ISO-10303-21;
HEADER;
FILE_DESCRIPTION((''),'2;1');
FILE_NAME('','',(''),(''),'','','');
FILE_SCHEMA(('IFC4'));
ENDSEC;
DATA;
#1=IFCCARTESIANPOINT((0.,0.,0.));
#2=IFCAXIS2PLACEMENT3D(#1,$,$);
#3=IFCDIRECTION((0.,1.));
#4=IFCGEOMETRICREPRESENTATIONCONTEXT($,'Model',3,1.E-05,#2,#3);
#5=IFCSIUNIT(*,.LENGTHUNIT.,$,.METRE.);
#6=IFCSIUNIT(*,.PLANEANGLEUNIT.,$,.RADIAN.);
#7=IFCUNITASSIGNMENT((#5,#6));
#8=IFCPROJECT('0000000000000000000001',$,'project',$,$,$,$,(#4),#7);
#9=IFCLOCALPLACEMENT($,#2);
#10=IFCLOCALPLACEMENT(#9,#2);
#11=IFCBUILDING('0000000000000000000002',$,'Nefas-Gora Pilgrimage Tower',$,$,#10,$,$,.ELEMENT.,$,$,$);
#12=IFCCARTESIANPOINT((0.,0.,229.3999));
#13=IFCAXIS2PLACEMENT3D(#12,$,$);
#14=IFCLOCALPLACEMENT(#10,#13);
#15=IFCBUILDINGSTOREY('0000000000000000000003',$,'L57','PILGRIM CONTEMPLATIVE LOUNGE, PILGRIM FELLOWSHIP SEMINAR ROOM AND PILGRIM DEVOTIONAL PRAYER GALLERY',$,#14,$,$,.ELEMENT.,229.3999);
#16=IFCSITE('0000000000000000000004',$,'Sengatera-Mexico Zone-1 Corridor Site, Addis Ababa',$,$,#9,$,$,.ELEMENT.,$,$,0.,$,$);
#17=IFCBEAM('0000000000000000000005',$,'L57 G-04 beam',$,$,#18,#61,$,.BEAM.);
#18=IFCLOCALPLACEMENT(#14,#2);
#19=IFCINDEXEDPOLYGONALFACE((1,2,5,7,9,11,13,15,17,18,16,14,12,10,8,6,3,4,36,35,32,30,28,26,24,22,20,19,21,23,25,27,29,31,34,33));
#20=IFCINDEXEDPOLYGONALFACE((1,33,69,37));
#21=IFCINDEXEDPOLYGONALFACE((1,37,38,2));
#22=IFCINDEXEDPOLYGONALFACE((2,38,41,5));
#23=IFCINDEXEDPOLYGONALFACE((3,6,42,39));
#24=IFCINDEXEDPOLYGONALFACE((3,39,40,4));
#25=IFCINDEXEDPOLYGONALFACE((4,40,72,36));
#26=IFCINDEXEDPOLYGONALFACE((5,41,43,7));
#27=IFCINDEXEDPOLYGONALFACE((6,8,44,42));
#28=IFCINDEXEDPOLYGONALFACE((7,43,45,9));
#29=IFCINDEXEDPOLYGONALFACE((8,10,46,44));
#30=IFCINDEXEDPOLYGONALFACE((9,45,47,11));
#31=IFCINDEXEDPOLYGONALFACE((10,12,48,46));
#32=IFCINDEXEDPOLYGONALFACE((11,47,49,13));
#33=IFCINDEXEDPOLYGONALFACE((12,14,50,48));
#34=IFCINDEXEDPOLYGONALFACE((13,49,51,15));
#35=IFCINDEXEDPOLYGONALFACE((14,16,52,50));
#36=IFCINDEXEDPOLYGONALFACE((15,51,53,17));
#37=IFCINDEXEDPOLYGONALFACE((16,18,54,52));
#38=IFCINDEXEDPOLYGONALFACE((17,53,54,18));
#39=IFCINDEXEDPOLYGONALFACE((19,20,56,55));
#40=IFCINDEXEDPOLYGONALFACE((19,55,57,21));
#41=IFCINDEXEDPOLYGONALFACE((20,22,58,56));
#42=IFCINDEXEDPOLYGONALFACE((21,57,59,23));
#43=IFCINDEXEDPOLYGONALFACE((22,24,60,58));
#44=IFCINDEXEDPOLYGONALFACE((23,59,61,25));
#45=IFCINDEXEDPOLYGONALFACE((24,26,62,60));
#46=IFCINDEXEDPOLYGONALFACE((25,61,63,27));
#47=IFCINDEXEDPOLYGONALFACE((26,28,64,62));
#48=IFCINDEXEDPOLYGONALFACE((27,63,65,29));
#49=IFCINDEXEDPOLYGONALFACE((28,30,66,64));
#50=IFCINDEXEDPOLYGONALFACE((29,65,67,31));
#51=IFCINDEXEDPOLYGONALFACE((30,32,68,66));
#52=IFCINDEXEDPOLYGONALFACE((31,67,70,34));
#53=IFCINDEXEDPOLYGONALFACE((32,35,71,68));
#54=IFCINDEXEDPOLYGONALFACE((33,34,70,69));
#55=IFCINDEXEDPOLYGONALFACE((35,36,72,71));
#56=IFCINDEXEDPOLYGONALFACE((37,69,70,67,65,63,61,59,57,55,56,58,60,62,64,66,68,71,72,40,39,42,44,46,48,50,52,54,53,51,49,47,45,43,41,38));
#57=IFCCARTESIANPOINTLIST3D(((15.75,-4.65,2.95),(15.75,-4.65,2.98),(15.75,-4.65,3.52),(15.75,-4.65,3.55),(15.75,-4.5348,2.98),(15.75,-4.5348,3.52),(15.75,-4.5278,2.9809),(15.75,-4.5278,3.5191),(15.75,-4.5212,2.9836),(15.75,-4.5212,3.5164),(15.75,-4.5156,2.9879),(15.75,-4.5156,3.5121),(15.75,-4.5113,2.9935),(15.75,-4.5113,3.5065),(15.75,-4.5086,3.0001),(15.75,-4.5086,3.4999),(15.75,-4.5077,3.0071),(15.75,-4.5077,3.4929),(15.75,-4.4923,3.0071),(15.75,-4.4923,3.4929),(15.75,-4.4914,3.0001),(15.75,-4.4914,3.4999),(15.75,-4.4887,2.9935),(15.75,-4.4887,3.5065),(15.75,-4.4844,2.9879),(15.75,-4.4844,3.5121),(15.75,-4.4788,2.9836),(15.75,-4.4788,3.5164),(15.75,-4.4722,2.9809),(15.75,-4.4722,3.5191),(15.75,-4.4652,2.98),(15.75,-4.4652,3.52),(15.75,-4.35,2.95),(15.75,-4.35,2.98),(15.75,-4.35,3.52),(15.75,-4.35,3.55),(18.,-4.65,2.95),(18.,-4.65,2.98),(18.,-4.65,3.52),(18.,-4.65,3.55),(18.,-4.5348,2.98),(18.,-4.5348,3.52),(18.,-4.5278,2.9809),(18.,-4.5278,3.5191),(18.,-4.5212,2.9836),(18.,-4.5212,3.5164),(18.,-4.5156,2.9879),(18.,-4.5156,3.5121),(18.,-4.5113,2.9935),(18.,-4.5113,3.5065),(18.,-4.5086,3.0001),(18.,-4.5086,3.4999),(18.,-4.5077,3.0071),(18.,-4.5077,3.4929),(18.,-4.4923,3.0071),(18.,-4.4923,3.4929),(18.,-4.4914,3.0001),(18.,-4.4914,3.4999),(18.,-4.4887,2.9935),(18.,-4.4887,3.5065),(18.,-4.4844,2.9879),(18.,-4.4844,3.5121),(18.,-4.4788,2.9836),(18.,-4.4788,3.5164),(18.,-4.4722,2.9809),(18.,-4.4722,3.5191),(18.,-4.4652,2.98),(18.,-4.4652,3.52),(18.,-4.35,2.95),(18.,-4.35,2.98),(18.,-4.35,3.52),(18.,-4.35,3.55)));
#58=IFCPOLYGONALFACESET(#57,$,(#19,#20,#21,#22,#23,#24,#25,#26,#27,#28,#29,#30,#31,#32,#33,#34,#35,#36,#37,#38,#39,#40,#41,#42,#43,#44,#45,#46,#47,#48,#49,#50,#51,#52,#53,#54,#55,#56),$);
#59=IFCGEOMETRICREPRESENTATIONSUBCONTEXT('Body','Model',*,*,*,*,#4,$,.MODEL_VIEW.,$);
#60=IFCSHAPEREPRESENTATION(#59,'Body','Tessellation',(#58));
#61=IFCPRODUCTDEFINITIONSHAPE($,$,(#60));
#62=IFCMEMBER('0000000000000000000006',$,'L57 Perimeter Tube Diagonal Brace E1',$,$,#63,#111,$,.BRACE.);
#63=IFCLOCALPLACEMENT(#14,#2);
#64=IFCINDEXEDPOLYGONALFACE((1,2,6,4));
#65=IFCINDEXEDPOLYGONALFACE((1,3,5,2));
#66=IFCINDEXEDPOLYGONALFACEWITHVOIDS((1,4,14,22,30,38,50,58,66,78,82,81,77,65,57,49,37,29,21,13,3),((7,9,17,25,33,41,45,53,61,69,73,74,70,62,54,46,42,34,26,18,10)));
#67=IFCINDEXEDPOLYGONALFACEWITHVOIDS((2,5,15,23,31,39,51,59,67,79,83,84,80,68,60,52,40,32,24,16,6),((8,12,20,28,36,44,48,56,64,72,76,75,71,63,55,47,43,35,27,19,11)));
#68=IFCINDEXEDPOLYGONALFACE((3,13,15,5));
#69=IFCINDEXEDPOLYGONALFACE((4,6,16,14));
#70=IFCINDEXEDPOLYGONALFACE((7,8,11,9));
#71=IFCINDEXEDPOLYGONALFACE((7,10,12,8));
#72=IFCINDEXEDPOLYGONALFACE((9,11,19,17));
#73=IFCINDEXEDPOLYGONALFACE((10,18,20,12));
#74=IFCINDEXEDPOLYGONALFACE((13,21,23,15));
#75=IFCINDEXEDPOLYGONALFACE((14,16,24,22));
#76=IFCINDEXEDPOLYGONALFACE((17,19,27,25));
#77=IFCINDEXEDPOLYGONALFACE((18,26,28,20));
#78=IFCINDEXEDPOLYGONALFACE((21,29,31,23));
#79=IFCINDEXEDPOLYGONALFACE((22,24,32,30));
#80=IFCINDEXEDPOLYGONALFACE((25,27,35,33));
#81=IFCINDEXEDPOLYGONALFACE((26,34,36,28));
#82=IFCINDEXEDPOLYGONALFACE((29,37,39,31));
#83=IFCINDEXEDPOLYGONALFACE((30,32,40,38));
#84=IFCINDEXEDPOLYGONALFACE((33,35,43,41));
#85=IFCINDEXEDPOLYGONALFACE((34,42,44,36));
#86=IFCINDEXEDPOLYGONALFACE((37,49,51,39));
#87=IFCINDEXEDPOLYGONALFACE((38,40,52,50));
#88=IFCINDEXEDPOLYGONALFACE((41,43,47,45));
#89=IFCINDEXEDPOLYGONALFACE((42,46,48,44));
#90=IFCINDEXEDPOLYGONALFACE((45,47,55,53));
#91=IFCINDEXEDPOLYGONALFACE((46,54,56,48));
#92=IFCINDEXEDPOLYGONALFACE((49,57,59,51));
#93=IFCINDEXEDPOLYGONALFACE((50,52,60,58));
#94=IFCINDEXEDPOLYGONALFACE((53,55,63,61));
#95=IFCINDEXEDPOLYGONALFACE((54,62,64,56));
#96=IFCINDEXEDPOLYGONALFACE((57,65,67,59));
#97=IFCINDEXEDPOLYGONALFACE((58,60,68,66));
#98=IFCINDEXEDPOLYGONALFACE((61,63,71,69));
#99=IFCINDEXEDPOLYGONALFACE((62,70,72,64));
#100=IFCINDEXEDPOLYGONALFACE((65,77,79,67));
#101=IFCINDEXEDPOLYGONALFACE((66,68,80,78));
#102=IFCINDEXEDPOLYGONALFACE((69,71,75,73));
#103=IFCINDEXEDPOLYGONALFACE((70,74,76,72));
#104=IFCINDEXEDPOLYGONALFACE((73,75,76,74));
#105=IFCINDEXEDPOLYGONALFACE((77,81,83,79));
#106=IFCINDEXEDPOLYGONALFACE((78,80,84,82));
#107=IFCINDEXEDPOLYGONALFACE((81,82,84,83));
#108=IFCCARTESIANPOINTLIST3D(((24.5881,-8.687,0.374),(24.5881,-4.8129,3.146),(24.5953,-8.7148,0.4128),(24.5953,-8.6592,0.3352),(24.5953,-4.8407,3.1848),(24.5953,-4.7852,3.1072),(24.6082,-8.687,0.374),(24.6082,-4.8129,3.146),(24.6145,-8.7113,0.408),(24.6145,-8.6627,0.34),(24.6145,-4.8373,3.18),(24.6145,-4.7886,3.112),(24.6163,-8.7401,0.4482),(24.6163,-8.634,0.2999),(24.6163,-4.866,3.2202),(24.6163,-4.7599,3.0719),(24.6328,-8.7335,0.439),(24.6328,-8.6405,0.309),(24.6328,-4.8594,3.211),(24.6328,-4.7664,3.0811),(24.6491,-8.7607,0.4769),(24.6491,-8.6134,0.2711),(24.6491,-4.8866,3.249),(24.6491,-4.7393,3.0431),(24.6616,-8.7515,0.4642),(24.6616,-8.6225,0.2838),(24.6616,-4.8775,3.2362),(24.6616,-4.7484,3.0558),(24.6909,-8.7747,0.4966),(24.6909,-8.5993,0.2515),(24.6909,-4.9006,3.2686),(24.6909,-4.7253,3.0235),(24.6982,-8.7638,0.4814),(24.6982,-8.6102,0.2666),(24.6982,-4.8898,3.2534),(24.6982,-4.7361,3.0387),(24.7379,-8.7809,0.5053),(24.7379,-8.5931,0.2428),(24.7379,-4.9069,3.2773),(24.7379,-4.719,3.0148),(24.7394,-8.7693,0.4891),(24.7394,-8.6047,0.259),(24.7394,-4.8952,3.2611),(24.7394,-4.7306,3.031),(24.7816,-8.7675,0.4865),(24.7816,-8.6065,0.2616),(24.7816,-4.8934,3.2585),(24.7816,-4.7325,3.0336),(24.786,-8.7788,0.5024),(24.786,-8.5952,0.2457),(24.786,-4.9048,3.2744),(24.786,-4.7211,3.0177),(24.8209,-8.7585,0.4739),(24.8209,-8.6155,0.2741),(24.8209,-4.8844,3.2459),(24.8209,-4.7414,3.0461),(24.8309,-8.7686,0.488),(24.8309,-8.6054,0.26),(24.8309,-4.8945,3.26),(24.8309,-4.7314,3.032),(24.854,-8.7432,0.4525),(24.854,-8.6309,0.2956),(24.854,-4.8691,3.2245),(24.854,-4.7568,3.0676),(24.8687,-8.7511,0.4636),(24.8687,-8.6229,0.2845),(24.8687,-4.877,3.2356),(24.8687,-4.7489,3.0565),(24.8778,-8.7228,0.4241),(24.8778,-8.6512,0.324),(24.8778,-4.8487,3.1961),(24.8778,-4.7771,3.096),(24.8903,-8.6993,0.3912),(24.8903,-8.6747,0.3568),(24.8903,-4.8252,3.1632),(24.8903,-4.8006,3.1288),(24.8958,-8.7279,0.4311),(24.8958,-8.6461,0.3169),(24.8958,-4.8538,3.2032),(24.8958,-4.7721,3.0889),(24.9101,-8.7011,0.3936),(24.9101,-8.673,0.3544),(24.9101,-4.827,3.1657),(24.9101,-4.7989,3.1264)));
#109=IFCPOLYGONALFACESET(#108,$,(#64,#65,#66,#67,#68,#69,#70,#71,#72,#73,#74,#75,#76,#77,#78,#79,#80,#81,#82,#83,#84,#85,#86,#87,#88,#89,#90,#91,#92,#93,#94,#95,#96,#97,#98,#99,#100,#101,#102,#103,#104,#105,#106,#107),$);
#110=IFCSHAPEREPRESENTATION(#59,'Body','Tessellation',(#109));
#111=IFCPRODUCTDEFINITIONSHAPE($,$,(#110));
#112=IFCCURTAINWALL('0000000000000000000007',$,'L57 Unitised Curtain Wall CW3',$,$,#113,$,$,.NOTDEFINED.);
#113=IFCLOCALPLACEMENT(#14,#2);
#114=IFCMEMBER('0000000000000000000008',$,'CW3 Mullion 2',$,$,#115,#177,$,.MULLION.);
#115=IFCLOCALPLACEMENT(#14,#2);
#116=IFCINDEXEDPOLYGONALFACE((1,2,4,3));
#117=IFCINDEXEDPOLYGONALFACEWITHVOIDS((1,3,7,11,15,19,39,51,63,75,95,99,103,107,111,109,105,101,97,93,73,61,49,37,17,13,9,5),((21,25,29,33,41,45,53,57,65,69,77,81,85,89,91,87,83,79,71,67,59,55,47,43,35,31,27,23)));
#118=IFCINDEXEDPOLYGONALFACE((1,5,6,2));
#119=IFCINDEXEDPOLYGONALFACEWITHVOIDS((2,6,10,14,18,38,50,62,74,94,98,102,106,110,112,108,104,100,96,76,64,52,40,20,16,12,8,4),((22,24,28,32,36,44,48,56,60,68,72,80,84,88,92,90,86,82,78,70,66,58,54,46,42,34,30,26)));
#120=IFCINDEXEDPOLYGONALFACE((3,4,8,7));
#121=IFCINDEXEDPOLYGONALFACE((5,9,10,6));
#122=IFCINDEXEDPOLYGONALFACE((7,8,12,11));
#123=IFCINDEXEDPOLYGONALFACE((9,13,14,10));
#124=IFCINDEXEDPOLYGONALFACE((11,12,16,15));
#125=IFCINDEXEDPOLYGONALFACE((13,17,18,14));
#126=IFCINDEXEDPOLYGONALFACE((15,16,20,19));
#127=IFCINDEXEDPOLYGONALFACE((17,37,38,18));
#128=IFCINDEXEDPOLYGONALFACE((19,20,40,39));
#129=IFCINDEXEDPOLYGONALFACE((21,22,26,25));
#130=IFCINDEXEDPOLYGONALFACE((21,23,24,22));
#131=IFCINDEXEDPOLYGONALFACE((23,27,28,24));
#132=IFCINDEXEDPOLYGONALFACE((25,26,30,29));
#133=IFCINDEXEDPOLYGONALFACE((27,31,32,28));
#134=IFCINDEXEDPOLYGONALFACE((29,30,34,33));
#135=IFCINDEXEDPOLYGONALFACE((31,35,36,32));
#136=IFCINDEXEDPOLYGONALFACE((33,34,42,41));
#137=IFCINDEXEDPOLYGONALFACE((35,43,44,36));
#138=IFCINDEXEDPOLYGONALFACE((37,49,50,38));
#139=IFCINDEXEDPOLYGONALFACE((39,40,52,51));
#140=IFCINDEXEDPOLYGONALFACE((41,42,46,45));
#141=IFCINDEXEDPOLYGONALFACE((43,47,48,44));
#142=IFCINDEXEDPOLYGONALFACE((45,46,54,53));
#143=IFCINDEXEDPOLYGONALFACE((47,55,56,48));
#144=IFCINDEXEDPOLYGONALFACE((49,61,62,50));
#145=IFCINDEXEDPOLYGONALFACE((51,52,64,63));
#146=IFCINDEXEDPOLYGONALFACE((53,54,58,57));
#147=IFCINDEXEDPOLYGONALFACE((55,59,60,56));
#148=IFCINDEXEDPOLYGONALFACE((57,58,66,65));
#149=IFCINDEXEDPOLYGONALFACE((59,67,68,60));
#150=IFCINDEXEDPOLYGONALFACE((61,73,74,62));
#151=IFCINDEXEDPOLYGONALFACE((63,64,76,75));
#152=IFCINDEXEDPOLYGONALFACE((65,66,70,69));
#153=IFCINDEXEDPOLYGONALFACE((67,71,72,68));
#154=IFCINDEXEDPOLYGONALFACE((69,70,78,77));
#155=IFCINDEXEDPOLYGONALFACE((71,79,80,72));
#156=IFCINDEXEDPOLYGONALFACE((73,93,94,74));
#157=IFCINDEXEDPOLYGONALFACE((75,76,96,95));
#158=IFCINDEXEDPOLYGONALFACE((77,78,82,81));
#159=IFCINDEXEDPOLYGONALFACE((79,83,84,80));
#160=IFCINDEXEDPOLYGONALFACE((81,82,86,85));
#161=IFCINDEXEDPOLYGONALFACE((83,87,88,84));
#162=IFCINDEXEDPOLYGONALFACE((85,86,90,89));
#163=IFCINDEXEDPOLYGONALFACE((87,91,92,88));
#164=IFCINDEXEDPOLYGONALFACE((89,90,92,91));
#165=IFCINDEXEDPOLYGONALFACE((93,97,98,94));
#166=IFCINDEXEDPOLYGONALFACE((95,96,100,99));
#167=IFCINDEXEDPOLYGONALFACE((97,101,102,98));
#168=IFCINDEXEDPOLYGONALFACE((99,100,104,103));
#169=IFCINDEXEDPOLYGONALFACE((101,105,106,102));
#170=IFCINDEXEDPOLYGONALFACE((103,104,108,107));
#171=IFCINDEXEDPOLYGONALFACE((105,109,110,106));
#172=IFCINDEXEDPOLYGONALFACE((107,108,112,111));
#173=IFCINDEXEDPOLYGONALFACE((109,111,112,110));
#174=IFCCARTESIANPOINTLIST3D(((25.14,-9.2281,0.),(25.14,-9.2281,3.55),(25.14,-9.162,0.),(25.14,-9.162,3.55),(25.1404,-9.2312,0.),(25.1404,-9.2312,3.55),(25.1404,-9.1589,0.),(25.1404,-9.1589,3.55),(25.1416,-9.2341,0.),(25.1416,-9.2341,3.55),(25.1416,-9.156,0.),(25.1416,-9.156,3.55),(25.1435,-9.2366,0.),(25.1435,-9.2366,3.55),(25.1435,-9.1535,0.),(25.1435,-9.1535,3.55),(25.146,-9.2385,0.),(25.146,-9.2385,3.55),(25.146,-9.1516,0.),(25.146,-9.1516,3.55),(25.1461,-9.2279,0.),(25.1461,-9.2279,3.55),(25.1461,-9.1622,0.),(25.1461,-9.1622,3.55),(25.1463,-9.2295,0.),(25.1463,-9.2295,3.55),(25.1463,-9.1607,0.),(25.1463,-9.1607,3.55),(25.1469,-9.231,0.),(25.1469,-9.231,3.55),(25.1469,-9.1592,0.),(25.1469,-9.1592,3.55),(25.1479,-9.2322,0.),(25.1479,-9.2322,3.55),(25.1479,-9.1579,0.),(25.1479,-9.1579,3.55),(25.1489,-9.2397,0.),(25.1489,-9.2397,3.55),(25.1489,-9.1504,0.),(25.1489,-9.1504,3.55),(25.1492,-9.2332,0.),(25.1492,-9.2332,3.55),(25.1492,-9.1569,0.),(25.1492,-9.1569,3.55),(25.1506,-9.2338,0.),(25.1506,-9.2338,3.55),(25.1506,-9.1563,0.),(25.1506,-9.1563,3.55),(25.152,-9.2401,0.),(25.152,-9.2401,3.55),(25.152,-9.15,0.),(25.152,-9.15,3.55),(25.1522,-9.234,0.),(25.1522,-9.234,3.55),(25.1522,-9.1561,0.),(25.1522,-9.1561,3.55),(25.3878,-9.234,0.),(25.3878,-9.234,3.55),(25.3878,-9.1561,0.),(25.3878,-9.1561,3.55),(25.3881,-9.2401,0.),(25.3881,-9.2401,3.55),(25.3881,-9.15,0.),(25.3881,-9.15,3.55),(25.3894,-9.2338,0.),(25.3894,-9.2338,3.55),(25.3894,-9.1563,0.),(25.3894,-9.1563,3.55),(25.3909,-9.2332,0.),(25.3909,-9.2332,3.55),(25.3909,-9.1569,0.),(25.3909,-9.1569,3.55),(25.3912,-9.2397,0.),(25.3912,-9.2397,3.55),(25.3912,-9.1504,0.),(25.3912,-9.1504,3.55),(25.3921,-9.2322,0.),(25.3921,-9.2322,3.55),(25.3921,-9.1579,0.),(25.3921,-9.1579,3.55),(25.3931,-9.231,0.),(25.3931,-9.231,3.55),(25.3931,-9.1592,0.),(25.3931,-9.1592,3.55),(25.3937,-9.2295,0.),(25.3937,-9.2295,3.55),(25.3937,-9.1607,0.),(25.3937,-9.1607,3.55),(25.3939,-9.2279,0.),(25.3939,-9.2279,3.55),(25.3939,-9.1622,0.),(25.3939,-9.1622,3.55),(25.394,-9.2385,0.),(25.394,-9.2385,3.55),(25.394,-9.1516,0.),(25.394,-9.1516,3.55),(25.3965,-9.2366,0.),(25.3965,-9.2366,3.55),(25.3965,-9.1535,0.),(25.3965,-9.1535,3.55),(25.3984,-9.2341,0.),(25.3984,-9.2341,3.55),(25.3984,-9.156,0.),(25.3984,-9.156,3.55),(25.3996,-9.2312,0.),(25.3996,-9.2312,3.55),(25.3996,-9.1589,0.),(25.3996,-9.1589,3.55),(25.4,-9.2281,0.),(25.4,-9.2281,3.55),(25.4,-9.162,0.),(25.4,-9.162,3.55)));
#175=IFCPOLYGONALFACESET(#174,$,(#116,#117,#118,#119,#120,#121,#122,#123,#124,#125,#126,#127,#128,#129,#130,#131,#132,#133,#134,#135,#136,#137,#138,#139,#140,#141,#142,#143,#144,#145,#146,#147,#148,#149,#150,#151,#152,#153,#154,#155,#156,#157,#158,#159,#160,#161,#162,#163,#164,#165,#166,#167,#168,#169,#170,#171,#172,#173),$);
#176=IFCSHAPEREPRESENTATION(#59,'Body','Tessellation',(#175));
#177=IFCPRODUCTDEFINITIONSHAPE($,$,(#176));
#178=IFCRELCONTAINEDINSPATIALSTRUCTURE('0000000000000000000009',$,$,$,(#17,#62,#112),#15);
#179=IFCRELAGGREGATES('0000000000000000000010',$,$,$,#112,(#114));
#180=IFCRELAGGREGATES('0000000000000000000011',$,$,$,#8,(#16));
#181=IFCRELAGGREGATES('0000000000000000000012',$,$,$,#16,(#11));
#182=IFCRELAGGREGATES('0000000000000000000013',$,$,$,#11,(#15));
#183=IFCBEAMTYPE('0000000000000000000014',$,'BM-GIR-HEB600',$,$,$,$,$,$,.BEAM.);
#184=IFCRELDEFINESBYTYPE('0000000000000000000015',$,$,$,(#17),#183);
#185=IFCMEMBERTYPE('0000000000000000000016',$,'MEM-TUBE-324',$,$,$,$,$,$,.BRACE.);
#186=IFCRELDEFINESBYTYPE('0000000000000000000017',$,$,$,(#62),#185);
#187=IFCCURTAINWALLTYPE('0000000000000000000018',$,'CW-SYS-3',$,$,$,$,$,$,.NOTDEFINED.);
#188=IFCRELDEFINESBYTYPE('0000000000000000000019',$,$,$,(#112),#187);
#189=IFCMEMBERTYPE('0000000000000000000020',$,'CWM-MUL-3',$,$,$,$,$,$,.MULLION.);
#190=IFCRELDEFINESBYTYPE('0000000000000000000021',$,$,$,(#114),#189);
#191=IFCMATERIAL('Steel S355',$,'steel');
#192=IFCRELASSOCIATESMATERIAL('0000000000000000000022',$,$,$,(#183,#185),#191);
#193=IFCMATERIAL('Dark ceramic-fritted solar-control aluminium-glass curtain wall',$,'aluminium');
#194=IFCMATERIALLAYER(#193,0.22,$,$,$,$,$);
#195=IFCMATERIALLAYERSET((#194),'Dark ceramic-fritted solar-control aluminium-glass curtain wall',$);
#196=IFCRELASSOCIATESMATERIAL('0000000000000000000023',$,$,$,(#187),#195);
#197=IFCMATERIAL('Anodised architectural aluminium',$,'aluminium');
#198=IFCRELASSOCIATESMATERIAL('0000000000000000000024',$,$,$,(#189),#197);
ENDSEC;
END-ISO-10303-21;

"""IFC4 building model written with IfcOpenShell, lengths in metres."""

from ifc_helpers import new_model, si_unit, direction, frame, origin, origin_2d, place, context, subcontext, project, spatial, hollow_rectangle, hollow_circle, i_section, extrude, source, transform, mapped, material, layer, layer_set, material_profile, profile_set, type_object, element, aggregate, save


model = new_model("IFC4")

# Units and contexts
model_context = context("Model", 3, precision=1e-05, world=origin(), true_north=direction((0.0, 1.0)))
body_context = subcontext(model_context, "Body", "Model", "MODEL_VIEW")
ifc_project = project(units=[si_unit("LENGTHUNIT", "METRE"), si_unit("PLANEANGLEUNIT", "RADIAN")], contexts=[model_context])

# Site, building, storey
site_placement = place(None, origin())
site = spatial("IfcSite", under=ifc_project, at=site_placement, Name="Sengatera-Mexico Zone-1 Corridor Site, Addis Ababa", CompositionType="ELEMENT", RefElevation=0.0)
building_placement = place(site_placement, origin())
building = spatial("IfcBuilding", under=site, at=building_placement, Name="Nefas-Gora Pilgrimage Tower", CompositionType="ELEMENT")
storey_placement = place(building_placement, frame((0.0, 0.0, 229.3999)))
storey = spatial("IfcBuildingStorey", under=building, at=storey_placement, Name="L57", Description="PILGRIM CONTEMPLATIVE LOUNGE, PILGRIM FELLOWSHIP SEMINAR ROOM AND PILGRIM DEVOTIONAL PRAYER GALLERY", CompositionType="ELEMENT", Elevation=229.3999)

# Beam
ifc_material_1 = material(Name="Steel S355", Category="steel")
ifc_material_profile_1 = material_profile(ifc_material_1, i_section(OverallWidth=0.3, OverallDepth=0.6001, WebThickness=0.0154, FlangeThickness=0.03, FilletRadius=0.0271, at=origin_2d()), Name="HEB 600")
ifc_profile_set_1 = profile_set([ifc_material_profile_1], Name="Steel S355")
beam_type_1 = type_object("IfcBeamType", Name="BM-GIR-HEB600", PredefinedType="BEAM", material=ifc_profile_set_1)
shared_shape_1 = source(origin(), body_context, "Body", "SweptSolid", [
    extrude(i_section(OverallWidth=0.3, OverallDepth=0.6001, WebThickness=0.0154, FlangeThickness=0.03, FilletRadius=0.0271, at=origin_2d()), origin(), (0.0, 0.0, 1.0), 2.25),
])
for number, where, z_axis, x_axis, name in (
    (1, (15.75, -4.5, 3.25), (1.0, 0.0, 0.0), (0.0, 1.0, 0.0), "L57 G-04 beam"),
):
    element("IfcBeam", number, at=place(storey_placement, frame(where, z_axis=z_axis, x_axis=x_axis)), inside=storey, type_object=beam_type_1, Name=name, PredefinedType="BEAM", context=body_context, shape_type="MappedRepresentation", body=[
        mapped(shared_shape_1, transform((0.0, 0.0, 0.0), x_axis=(1.0, 0.0, 0.0), y_axis=(0.0, 1.0, 0.0), z_axis=(0.0, 0.0, 1.0), scale=1.0)),
    ])

# Member
ifc_material_profile_2 = material_profile(ifc_material_1, hollow_circle(Radius=0.1619, WallThickness=0.02, at=origin_2d()), Name="CHS 323.9x20")
ifc_profile_set_2 = profile_set([ifc_material_profile_2], Name="Steel S355")
member_type_1 = type_object("IfcMemberType", Name="MEM-TUBE-324", PredefinedType="BRACE", material=ifc_profile_set_2)
shared_shape_2 = source(origin(), body_context, "Body", "SweptSolid", [
    extrude(hollow_circle(Radius=0.1619, WallThickness=0.02, at=origin_2d()), origin(), (0.0, 0.0, 1.0), 4.7637),
])
member_1_placement = place(storey_placement, frame((24.75, -8.687, 0.374), z_axis=(0.0, 0.813255, 0.581907), x_axis=(-1.0, 0.0, 0.0)))
element("IfcMember", 2, at=member_1_placement, inside=storey, type_object=member_type_1, Name="L57 Perimeter Tube Diagonal Brace E1", PredefinedType="BRACE", context=body_context, shape_type="MappedRepresentation", body=[
    mapped(shared_shape_2, transform((0.0, 0.0, 0.0), x_axis=(1.0, 0.0, 0.0), y_axis=(0.0, 1.0, 0.0), z_axis=(0.0, 0.0, 1.0), scale=1.0)),
])

# Curtain wall, member
ifc_material_2 = material(Name="Dark ceramic-fritted solar-control aluminium-glass curtain wall", Category="aluminium")
ifc_layer_1 = layer(ifc_material_2, 0.22)
ifc_layer_set_1 = layer_set([ifc_layer_1], Name="Dark ceramic-fritted solar-control aluminium-glass curtain wall")
curtain_wall_type = type_object("IfcCurtainWallType", Name="CW-SYS-3", PredefinedType="NOTDEFINED", material=ifc_layer_set_1)
curtain_wall_1_placement = place(storey_placement, origin())
curtain_wall_1 = element("IfcCurtainWall", 3, at=curtain_wall_1_placement, inside=storey, type_object=curtain_wall_type, Name="L57 Unitised Curtain Wall CW3", PredefinedType="NOTDEFINED")
ifc_material_3 = material(Name="Anodised architectural aluminium", Category="aluminium")
ifc_material_profile_3 = material_profile(ifc_material_3, hollow_rectangle(XDim=0.0901, YDim=0.26, WallThickness=0.0061, InnerFilletRadius=0.0061, OuterFilletRadius=0.012, at=origin_2d()), Name="ALU MULLION 90x260")
ifc_profile_set_3 = profile_set([ifc_material_profile_3], Name="Anodised architectural aluminium")
member_type_2 = type_object("IfcMemberType", Name="CWM-MUL-3", PredefinedType="MULLION", material=ifc_profile_set_3)
shared_shape_3 = source(origin(), body_context, "Body", "SweptSolid", [
    extrude(hollow_rectangle(XDim=0.0901, YDim=0.26, WallThickness=0.0061, InnerFilletRadius=0.0061, OuterFilletRadius=0.012, at=origin_2d()), origin(), (0.0, 0.0, 1.0), 3.55),
])
member_2_placement = place(storey_placement, frame((25.27, -9.1951, 0.0), z_axis=(0.0, 0.0, 1.0), x_axis=(0.0, 1.0, 0.0)))
member_2 = element("IfcMember", 4, at=member_2_placement, type_object=member_type_2, Name="CW3 Mullion 2", PredefinedType="MULLION", context=body_context, shape_type="MappedRepresentation", body=[
    mapped(shared_shape_3, transform((0.0, 0.0, 0.0), x_axis=(1.0, 0.0, 0.0), y_axis=(0.0, 1.0, 0.0), z_axis=(0.0, 0.0, 1.0), scale=1.0)),
])
aggregate(curtain_wall_1, [member_2])

save(model, "model.ifc")
